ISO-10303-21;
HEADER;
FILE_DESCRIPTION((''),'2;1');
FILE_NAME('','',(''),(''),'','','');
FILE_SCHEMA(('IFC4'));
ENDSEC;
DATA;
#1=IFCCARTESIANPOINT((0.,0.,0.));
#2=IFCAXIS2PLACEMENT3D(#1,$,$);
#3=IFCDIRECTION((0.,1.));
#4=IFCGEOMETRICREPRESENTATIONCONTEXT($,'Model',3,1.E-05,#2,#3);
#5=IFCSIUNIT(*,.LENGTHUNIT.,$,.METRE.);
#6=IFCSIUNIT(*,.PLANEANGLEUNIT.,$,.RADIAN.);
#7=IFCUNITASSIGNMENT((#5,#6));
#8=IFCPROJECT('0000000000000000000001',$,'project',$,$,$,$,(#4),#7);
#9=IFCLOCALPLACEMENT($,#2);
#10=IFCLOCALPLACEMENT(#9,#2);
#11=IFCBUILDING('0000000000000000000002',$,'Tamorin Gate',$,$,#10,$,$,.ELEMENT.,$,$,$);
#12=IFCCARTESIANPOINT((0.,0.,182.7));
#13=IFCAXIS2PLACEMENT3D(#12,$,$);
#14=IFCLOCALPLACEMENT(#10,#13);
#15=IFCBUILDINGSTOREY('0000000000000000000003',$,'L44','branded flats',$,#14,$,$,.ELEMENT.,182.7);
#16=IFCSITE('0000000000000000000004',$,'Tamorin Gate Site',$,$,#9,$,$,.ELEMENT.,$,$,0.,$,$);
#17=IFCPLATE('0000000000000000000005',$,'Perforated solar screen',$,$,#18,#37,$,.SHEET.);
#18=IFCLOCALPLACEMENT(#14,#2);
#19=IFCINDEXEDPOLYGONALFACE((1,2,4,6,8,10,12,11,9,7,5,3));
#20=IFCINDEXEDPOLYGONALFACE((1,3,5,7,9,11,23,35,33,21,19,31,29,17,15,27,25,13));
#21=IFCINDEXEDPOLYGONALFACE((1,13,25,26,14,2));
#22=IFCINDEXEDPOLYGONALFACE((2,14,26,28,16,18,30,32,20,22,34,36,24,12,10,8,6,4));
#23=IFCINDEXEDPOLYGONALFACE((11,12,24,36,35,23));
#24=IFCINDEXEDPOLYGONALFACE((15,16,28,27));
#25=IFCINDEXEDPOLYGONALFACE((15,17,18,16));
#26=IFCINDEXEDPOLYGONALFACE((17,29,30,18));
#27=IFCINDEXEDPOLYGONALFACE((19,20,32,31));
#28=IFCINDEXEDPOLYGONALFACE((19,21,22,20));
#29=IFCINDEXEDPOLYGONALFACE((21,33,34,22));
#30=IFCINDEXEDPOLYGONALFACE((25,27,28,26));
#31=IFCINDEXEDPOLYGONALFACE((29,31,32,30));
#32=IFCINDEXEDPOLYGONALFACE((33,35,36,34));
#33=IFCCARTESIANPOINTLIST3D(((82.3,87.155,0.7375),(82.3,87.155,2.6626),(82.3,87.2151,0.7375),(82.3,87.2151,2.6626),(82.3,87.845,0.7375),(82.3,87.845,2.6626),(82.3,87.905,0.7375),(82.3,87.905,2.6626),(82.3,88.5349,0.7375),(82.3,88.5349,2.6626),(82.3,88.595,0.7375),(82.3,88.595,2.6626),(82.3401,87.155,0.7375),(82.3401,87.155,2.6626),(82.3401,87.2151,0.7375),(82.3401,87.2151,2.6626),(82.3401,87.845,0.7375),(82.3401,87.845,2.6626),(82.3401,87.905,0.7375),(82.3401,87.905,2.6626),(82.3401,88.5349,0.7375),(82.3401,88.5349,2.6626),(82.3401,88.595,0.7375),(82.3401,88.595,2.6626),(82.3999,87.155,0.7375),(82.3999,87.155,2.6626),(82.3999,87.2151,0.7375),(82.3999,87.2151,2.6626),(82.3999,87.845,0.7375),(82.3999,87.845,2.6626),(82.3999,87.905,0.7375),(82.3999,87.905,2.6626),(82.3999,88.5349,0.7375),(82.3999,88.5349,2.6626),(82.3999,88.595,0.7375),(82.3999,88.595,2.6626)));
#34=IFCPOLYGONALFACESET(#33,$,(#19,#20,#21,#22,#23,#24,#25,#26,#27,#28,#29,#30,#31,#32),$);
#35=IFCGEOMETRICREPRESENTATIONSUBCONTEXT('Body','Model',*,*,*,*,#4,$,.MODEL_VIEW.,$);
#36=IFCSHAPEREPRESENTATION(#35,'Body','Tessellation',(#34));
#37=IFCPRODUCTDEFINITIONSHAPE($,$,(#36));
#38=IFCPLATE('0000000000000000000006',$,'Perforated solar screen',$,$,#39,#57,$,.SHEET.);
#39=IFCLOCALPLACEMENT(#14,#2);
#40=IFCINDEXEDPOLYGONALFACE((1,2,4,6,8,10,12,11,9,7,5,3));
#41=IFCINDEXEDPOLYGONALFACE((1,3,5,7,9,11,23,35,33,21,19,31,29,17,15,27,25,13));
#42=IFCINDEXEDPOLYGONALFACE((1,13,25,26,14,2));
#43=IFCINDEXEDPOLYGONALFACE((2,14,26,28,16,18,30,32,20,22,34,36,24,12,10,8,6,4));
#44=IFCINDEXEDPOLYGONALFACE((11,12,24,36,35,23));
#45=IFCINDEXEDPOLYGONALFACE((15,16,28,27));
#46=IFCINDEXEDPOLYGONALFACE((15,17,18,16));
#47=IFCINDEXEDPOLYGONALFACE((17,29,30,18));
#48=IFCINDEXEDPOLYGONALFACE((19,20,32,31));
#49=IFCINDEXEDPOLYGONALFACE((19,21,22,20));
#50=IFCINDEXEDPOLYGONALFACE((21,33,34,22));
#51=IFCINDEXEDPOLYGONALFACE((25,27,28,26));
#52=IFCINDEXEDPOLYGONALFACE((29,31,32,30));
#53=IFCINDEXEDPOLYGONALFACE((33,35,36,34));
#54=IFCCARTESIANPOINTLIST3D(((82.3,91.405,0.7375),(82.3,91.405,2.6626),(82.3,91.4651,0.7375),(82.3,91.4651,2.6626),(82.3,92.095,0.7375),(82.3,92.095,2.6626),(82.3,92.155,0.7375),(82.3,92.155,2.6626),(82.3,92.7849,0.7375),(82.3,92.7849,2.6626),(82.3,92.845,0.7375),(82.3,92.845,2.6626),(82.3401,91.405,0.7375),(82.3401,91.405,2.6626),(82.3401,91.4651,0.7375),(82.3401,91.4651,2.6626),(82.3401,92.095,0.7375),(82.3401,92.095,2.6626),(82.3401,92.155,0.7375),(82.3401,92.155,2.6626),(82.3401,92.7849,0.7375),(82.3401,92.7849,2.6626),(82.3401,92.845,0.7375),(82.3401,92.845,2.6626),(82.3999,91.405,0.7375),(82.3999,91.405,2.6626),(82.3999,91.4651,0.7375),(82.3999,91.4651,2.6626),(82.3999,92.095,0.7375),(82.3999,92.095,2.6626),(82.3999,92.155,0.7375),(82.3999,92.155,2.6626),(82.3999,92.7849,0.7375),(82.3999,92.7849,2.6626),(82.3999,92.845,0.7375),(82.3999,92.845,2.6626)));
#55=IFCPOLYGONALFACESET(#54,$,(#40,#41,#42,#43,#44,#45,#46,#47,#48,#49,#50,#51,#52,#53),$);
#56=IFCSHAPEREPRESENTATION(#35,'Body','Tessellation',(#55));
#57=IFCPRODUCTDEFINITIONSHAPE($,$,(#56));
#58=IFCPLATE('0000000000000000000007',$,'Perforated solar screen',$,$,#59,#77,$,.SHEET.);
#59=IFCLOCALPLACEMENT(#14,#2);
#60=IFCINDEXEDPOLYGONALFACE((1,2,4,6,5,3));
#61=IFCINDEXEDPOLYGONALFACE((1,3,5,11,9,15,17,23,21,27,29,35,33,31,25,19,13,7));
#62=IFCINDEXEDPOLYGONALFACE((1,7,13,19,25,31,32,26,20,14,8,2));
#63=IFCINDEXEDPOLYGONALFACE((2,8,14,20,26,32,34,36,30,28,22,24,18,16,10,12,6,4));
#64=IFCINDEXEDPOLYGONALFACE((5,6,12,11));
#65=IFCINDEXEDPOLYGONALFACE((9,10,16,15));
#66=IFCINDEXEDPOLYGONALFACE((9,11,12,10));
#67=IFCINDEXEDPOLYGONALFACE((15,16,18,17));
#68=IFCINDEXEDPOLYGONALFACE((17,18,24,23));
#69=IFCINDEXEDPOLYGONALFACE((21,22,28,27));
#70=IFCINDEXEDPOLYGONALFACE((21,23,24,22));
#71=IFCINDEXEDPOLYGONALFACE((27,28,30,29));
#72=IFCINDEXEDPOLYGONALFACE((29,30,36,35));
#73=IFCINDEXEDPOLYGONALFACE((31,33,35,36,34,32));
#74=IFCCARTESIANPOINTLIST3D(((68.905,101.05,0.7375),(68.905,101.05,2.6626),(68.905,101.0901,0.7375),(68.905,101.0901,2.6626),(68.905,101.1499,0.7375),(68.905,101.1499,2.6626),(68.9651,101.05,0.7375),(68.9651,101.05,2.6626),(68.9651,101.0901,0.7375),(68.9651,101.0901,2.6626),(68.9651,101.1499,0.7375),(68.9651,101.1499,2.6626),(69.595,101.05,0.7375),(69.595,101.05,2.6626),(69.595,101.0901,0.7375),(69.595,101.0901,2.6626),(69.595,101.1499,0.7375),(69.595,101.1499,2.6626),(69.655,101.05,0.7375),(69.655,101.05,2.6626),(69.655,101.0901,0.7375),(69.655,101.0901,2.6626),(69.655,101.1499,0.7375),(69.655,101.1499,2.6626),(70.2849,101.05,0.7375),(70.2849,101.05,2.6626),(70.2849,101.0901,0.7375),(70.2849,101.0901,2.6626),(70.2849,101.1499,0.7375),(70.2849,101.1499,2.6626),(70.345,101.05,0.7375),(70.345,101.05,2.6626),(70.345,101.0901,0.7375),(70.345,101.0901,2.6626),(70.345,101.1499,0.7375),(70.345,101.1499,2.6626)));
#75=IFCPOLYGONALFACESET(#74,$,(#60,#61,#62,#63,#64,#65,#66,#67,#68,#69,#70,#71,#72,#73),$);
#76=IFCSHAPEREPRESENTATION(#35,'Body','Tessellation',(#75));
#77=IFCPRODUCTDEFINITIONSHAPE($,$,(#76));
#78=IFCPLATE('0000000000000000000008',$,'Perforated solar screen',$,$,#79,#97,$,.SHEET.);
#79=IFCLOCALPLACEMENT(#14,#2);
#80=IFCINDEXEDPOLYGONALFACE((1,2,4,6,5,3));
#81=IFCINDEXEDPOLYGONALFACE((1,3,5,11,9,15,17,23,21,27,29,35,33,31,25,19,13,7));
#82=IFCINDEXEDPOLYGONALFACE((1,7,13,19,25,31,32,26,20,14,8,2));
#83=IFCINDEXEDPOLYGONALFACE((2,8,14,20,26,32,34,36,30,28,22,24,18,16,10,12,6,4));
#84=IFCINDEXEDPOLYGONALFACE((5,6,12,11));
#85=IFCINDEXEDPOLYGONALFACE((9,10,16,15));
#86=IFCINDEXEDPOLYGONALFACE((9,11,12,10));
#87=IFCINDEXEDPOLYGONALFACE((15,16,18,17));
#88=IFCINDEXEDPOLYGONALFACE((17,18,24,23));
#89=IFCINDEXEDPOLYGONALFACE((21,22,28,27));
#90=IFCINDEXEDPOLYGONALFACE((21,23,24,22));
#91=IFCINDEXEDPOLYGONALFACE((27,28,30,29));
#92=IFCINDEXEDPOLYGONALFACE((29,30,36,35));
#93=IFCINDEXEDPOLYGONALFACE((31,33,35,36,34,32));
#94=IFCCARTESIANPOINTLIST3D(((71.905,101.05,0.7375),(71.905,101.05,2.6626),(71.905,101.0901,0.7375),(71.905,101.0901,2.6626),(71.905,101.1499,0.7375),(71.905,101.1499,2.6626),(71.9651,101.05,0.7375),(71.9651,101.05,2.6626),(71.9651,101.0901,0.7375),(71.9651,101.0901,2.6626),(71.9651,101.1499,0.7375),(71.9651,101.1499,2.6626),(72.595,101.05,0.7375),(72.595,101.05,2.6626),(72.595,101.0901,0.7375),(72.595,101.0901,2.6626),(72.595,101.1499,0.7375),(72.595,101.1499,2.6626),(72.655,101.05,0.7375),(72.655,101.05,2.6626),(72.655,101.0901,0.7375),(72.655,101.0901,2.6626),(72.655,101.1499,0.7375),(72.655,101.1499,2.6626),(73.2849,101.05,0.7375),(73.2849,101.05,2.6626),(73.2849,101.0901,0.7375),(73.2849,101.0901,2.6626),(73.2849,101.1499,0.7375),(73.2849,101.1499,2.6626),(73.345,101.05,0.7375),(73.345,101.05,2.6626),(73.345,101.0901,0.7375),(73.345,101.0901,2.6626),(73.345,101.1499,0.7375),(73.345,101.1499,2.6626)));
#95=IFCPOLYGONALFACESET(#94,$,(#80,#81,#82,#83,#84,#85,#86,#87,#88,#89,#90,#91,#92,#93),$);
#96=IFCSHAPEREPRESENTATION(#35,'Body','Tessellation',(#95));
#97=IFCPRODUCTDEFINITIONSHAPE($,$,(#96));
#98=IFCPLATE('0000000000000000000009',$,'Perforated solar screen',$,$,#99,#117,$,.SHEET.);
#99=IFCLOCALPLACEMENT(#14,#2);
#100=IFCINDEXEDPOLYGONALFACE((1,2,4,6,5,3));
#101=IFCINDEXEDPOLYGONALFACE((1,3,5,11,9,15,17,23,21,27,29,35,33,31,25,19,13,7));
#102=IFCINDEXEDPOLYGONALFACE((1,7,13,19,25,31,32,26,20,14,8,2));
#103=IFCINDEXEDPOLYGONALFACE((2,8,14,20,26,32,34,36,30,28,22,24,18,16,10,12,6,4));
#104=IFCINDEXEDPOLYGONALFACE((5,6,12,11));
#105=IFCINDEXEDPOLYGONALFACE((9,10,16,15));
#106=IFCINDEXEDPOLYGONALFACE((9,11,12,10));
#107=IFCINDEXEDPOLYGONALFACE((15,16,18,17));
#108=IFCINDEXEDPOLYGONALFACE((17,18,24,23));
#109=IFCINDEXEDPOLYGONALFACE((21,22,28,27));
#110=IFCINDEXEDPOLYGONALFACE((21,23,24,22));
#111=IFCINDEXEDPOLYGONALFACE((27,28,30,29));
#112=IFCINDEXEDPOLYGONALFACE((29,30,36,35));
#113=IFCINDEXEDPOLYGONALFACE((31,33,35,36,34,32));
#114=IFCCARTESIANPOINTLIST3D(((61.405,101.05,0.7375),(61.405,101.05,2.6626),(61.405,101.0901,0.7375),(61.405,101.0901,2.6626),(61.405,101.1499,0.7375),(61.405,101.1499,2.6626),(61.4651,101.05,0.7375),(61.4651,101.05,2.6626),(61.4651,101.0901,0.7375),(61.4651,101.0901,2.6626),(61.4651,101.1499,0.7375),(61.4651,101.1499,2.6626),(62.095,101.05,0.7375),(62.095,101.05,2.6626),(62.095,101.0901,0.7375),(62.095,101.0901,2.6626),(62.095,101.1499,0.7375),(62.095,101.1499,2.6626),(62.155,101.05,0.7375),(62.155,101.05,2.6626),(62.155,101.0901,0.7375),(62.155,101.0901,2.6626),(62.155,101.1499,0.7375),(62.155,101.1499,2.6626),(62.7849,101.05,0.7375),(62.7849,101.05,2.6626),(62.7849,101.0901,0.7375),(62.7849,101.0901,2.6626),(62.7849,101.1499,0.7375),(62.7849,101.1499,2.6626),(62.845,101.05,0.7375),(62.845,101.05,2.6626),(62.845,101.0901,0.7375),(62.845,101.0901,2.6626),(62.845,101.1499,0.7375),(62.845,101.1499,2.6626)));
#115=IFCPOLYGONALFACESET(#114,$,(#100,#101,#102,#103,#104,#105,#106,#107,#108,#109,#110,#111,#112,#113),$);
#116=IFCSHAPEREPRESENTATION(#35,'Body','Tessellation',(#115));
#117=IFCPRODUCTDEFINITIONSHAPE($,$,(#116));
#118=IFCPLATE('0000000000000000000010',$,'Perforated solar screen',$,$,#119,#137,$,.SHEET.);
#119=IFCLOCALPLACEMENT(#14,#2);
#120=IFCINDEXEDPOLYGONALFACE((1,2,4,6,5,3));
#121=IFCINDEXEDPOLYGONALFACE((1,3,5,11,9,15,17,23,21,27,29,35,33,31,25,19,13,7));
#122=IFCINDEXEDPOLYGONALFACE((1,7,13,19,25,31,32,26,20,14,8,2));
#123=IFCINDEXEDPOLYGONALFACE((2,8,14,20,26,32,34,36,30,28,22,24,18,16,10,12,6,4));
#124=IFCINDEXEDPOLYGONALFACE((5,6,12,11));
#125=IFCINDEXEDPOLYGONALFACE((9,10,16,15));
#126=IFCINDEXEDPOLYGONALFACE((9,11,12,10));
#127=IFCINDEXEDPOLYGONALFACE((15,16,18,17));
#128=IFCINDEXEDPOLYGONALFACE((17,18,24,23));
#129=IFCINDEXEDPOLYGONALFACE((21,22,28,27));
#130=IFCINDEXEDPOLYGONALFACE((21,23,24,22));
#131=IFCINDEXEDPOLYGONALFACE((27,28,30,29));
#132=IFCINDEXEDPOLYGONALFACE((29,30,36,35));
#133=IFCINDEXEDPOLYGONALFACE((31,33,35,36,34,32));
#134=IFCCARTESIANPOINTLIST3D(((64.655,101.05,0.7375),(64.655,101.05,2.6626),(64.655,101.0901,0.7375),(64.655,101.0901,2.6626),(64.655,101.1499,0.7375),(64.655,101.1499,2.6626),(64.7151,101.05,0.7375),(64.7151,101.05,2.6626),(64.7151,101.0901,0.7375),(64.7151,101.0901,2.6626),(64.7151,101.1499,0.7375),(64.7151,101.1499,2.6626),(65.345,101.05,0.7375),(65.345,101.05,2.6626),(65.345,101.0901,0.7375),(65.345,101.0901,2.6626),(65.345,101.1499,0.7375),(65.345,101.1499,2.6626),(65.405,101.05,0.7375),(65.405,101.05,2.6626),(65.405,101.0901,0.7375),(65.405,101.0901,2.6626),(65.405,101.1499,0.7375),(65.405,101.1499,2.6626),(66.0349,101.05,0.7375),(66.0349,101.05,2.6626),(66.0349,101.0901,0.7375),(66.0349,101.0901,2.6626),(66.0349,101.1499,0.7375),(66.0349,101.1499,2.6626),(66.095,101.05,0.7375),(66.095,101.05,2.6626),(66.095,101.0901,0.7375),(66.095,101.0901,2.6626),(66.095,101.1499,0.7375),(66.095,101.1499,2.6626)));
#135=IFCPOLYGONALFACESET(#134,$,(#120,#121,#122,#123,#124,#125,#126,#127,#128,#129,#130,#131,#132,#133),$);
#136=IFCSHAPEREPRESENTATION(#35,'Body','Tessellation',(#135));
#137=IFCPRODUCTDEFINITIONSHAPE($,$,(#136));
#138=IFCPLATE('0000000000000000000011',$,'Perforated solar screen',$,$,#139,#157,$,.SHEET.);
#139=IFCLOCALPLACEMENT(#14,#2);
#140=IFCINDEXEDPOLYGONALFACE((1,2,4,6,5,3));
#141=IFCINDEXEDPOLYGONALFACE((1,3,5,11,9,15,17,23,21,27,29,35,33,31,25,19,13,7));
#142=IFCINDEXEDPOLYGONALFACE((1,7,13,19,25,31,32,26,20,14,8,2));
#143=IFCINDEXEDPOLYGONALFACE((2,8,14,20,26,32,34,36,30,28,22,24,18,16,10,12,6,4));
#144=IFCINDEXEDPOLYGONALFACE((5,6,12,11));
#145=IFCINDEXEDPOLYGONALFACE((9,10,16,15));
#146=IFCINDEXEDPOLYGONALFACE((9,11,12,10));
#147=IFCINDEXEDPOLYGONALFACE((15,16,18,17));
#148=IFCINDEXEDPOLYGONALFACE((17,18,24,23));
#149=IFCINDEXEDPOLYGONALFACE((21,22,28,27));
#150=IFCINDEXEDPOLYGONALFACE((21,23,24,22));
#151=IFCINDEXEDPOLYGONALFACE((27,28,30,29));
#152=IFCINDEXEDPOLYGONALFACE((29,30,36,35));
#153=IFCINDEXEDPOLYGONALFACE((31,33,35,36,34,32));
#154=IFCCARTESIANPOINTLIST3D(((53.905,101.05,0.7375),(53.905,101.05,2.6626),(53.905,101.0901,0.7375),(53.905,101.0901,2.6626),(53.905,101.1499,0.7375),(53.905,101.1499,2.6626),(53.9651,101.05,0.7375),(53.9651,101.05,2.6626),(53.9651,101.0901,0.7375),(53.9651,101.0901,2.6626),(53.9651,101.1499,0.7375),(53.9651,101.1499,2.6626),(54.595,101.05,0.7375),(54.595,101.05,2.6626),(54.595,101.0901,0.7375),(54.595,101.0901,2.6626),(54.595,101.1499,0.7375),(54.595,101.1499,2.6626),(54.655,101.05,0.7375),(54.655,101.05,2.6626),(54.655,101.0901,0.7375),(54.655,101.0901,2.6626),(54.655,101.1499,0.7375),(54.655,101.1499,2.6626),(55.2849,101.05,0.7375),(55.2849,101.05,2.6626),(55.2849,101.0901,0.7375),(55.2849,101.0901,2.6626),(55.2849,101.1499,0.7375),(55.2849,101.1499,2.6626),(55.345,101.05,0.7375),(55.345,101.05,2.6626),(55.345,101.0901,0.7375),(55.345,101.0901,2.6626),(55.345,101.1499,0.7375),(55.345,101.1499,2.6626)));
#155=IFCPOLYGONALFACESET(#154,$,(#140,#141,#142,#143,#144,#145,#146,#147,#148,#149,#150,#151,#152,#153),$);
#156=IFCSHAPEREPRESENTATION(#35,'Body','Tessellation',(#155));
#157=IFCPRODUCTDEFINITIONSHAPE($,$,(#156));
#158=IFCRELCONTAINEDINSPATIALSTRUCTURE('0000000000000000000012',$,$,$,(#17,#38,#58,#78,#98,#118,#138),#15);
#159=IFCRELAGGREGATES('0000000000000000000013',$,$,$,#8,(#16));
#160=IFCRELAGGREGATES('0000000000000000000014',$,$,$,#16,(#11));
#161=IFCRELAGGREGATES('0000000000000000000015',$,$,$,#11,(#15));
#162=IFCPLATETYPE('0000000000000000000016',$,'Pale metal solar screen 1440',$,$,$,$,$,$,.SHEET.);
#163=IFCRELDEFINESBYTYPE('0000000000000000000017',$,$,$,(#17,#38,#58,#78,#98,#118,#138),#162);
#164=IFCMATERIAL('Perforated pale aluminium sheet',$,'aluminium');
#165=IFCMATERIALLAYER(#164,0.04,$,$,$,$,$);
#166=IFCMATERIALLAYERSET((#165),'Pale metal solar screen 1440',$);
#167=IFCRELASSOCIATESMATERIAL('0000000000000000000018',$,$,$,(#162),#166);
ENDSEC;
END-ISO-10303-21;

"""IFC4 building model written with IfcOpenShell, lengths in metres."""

from ifc_helpers import new_model, si_unit, direction, frame, origin, place, context, subcontext, project, spatial, polyline, outline, extrude, material, layer, layer_set, type_object, element, save


model = new_model("IFC4")

# Units and contexts
model_context = context("Model", 3, precision=1e-05, world=origin(), true_north=direction((0.0, 1.0)))
body_context = subcontext(model_context, "Body", "Model", "MODEL_VIEW")
ifc_project = project(units=[si_unit("LENGTHUNIT", "METRE"), si_unit("PLANEANGLEUNIT", "RADIAN")], contexts=[model_context])

# Site, building, storey
site_placement = place(None, origin())
site = spatial("IfcSite", under=ifc_project, at=site_placement, Name="Tamorin Gate Site", CompositionType="ELEMENT", RefElevation=0.0)
building_placement = place(site_placement, origin())
building = spatial("IfcBuilding", under=site, at=building_placement, Name="Tamorin Gate", CompositionType="ELEMENT")
storey_placement = place(building_placement, frame((0.0, 0.0, 182.7)))
storey = spatial("IfcBuildingStorey", under=building, at=storey_placement, Name="L44", Description="branded flats", CompositionType="ELEMENT", Elevation=182.7)

# Plates
ifc_material_1 = material(Name="Perforated pale aluminium sheet", Category="aluminium")
ifc_layer_1 = layer(ifc_material_1, 0.04)
ifc_layer_set_1 = layer_set([ifc_layer_1], Name="Pale metal solar screen 1440")
plate_type_1 = type_object("IfcPlateType", Name="Pale metal solar screen 1440", PredefinedType="SHEET", material=ifc_layer_set_1)
plate_1_placement = place(storey_placement, frame((0.0, 0.0, 0.7375)))
element("IfcPlate", 1, at=plate_1_placement, inside=storey, type_object=plate_type_1, Name="Perforated solar screen", PredefinedType="SHEET", context=body_context, shape_type="SweptSolid", body=[
    extrude(outline(polyline([(82.3401, 87.155), (82.3, 87.155), (82.3, 87.2151), (82.3, 87.845), (82.3, 87.905), (82.3, 88.5349), (82.3, 88.595), (82.3401, 88.595), (82.3999, 88.595), (82.3999, 88.5349), (82.3401, 88.5349), (82.3401, 87.905), (82.3999, 87.905), (82.3999, 87.845), (82.3401, 87.845), (82.3401, 87.2151), (82.3999, 87.2151), (82.3999, 87.155), (82.3401, 87.155)])), origin(), (0.0, 0.0, 1.0), 1.925),
])
plate_2_placement = place(storey_placement, frame((0.0, 0.0, 0.7375)))
element("IfcPlate", 2, at=plate_2_placement, inside=storey, type_object=plate_type_1, Name="Perforated solar screen", PredefinedType="SHEET", context=body_context, shape_type="SweptSolid", body=[
    extrude(outline(polyline([(82.3401, 91.405), (82.3, 91.405), (82.3, 91.4651), (82.3, 92.095), (82.3, 92.155), (82.3, 92.7849), (82.3, 92.845), (82.3401, 92.845), (82.3999, 92.845), (82.3999, 92.7849), (82.3401, 92.7849), (82.3401, 92.155), (82.3999, 92.155), (82.3999, 92.095), (82.3401, 92.095), (82.3401, 91.4651), (82.3999, 91.4651), (82.3999, 91.405), (82.3401, 91.405)])), origin(), (0.0, 0.0, 1.0), 1.925),
])
plate_3_placement = place(storey_placement, frame((0.0, 0.0, 0.7375)))
element("IfcPlate", 3, at=plate_3_placement, inside=storey, type_object=plate_type_1, Name="Perforated solar screen", PredefinedType="SHEET", context=body_context, shape_type="SweptSolid", body=[
    extrude(outline(polyline([(70.345, 101.0901), (70.345, 101.05), (70.2849, 101.05), (69.655, 101.05), (69.595, 101.05), (68.9651, 101.05), (68.905, 101.05), (68.905, 101.0901), (68.905, 101.1499), (68.9651, 101.1499), (68.9651, 101.0901), (69.595, 101.0901), (69.595, 101.1499), (69.655, 101.1499), (69.655, 101.0901), (70.2849, 101.0901), (70.2849, 101.1499), (70.345, 101.1499), (70.345, 101.0901)])), origin(), (0.0, 0.0, 1.0), 1.925),
])
plate_4_placement = place(storey_placement, frame((0.0, 0.0, 0.7375)))
element("IfcPlate", 4, at=plate_4_placement, inside=storey, type_object=plate_type_1, Name="Perforated solar screen", PredefinedType="SHEET", context=body_context, shape_type="SweptSolid", body=[
    extrude(outline(polyline([(73.345, 101.0901), (73.345, 101.05), (73.2849, 101.05), (72.655, 101.05), (72.595, 101.05), (71.9651, 101.05), (71.905, 101.05), (71.905, 101.05), (71.905, 101.0901), (71.905, 101.0901), (71.905, 101.1499), (71.9651, 101.1499), (71.9651, 101.0901), (72.595, 101.0901), (72.595, 101.1499), (72.655, 101.1499), (72.655, 101.0901), (73.2849, 101.0901), (73.2849, 101.1499), (73.345, 101.1499), (73.345, 101.0901)])), origin(), (0.0, 0.0, 1.0), 1.925),
])
plate_5_placement = place(storey_placement, frame((0.0, 0.0, 0.7375)))
element("IfcPlate", 5, at=plate_5_placement, inside=storey, type_object=plate_type_1, Name="Perforated solar screen", PredefinedType="SHEET", context=body_context, shape_type="SweptSolid", body=[
    extrude(outline(polyline([(62.845, 101.0901), (62.845, 101.05), (62.7849, 101.05), (62.155, 101.05), (62.095, 101.05), (61.4651, 101.05), (61.405, 101.05), (61.405, 101.0901), (61.405, 101.1499), (61.4651, 101.1499), (61.4651, 101.0901), (62.095, 101.0901), (62.095, 101.1499), (62.155, 101.1499), (62.155, 101.0901), (62.7849, 101.0901), (62.7849, 101.1499), (62.845, 101.1499), (62.845, 101.0901)])), origin(), (0.0, 0.0, 1.0), 1.925),
])
plate_6_placement = place(storey_placement, frame((0.0, 0.0, 0.7375)))
element("IfcPlate", 6, at=plate_6_placement, inside=storey, type_object=plate_type_1, Name="Perforated solar screen", PredefinedType="SHEET", context=body_context, shape_type="SweptSolid", body=[
    extrude(outline(polyline([(66.095, 101.0901), (66.095, 101.05), (66.0349, 101.05), (65.405, 101.05), (65.345, 101.05), (64.7151, 101.05), (64.655, 101.05), (64.655, 101.0901), (64.655, 101.1499), (64.7151, 101.1499), (64.7151, 101.0901), (65.345, 101.0901), (65.345, 101.1499), (65.405, 101.1499), (65.405, 101.0901), (66.0349, 101.0901), (66.0349, 101.1499), (66.095, 101.1499), (66.095, 101.0901)])), origin(), (0.0, 0.0, 1.0), 1.925),
])
plate_7_placement = place(storey_placement, frame((0.0, 0.0, 0.7375)))
element("IfcPlate", 7, at=plate_7_placement, inside=storey, type_object=plate_type_1, Name="Perforated solar screen", PredefinedType="SHEET", context=body_context, shape_type="SweptSolid", body=[
    extrude(outline(polyline([(55.345, 101.0901), (55.345, 101.05), (55.2849, 101.05), (54.655, 101.05), (54.595, 101.05), (53.9651, 101.05), (53.905, 101.05), (53.905, 101.0901), (53.905, 101.1499), (53.9651, 101.1499), (53.9651, 101.0901), (54.595, 101.0901), (54.595, 101.1499), (54.655, 101.1499), (54.655, 101.0901), (55.2849, 101.0901), (55.2849, 101.1499), (55.345, 101.1499), (55.345, 101.0901)])), origin(), (0.0, 0.0, 1.0), 1.925),
])

save(model, "model.ifc")
